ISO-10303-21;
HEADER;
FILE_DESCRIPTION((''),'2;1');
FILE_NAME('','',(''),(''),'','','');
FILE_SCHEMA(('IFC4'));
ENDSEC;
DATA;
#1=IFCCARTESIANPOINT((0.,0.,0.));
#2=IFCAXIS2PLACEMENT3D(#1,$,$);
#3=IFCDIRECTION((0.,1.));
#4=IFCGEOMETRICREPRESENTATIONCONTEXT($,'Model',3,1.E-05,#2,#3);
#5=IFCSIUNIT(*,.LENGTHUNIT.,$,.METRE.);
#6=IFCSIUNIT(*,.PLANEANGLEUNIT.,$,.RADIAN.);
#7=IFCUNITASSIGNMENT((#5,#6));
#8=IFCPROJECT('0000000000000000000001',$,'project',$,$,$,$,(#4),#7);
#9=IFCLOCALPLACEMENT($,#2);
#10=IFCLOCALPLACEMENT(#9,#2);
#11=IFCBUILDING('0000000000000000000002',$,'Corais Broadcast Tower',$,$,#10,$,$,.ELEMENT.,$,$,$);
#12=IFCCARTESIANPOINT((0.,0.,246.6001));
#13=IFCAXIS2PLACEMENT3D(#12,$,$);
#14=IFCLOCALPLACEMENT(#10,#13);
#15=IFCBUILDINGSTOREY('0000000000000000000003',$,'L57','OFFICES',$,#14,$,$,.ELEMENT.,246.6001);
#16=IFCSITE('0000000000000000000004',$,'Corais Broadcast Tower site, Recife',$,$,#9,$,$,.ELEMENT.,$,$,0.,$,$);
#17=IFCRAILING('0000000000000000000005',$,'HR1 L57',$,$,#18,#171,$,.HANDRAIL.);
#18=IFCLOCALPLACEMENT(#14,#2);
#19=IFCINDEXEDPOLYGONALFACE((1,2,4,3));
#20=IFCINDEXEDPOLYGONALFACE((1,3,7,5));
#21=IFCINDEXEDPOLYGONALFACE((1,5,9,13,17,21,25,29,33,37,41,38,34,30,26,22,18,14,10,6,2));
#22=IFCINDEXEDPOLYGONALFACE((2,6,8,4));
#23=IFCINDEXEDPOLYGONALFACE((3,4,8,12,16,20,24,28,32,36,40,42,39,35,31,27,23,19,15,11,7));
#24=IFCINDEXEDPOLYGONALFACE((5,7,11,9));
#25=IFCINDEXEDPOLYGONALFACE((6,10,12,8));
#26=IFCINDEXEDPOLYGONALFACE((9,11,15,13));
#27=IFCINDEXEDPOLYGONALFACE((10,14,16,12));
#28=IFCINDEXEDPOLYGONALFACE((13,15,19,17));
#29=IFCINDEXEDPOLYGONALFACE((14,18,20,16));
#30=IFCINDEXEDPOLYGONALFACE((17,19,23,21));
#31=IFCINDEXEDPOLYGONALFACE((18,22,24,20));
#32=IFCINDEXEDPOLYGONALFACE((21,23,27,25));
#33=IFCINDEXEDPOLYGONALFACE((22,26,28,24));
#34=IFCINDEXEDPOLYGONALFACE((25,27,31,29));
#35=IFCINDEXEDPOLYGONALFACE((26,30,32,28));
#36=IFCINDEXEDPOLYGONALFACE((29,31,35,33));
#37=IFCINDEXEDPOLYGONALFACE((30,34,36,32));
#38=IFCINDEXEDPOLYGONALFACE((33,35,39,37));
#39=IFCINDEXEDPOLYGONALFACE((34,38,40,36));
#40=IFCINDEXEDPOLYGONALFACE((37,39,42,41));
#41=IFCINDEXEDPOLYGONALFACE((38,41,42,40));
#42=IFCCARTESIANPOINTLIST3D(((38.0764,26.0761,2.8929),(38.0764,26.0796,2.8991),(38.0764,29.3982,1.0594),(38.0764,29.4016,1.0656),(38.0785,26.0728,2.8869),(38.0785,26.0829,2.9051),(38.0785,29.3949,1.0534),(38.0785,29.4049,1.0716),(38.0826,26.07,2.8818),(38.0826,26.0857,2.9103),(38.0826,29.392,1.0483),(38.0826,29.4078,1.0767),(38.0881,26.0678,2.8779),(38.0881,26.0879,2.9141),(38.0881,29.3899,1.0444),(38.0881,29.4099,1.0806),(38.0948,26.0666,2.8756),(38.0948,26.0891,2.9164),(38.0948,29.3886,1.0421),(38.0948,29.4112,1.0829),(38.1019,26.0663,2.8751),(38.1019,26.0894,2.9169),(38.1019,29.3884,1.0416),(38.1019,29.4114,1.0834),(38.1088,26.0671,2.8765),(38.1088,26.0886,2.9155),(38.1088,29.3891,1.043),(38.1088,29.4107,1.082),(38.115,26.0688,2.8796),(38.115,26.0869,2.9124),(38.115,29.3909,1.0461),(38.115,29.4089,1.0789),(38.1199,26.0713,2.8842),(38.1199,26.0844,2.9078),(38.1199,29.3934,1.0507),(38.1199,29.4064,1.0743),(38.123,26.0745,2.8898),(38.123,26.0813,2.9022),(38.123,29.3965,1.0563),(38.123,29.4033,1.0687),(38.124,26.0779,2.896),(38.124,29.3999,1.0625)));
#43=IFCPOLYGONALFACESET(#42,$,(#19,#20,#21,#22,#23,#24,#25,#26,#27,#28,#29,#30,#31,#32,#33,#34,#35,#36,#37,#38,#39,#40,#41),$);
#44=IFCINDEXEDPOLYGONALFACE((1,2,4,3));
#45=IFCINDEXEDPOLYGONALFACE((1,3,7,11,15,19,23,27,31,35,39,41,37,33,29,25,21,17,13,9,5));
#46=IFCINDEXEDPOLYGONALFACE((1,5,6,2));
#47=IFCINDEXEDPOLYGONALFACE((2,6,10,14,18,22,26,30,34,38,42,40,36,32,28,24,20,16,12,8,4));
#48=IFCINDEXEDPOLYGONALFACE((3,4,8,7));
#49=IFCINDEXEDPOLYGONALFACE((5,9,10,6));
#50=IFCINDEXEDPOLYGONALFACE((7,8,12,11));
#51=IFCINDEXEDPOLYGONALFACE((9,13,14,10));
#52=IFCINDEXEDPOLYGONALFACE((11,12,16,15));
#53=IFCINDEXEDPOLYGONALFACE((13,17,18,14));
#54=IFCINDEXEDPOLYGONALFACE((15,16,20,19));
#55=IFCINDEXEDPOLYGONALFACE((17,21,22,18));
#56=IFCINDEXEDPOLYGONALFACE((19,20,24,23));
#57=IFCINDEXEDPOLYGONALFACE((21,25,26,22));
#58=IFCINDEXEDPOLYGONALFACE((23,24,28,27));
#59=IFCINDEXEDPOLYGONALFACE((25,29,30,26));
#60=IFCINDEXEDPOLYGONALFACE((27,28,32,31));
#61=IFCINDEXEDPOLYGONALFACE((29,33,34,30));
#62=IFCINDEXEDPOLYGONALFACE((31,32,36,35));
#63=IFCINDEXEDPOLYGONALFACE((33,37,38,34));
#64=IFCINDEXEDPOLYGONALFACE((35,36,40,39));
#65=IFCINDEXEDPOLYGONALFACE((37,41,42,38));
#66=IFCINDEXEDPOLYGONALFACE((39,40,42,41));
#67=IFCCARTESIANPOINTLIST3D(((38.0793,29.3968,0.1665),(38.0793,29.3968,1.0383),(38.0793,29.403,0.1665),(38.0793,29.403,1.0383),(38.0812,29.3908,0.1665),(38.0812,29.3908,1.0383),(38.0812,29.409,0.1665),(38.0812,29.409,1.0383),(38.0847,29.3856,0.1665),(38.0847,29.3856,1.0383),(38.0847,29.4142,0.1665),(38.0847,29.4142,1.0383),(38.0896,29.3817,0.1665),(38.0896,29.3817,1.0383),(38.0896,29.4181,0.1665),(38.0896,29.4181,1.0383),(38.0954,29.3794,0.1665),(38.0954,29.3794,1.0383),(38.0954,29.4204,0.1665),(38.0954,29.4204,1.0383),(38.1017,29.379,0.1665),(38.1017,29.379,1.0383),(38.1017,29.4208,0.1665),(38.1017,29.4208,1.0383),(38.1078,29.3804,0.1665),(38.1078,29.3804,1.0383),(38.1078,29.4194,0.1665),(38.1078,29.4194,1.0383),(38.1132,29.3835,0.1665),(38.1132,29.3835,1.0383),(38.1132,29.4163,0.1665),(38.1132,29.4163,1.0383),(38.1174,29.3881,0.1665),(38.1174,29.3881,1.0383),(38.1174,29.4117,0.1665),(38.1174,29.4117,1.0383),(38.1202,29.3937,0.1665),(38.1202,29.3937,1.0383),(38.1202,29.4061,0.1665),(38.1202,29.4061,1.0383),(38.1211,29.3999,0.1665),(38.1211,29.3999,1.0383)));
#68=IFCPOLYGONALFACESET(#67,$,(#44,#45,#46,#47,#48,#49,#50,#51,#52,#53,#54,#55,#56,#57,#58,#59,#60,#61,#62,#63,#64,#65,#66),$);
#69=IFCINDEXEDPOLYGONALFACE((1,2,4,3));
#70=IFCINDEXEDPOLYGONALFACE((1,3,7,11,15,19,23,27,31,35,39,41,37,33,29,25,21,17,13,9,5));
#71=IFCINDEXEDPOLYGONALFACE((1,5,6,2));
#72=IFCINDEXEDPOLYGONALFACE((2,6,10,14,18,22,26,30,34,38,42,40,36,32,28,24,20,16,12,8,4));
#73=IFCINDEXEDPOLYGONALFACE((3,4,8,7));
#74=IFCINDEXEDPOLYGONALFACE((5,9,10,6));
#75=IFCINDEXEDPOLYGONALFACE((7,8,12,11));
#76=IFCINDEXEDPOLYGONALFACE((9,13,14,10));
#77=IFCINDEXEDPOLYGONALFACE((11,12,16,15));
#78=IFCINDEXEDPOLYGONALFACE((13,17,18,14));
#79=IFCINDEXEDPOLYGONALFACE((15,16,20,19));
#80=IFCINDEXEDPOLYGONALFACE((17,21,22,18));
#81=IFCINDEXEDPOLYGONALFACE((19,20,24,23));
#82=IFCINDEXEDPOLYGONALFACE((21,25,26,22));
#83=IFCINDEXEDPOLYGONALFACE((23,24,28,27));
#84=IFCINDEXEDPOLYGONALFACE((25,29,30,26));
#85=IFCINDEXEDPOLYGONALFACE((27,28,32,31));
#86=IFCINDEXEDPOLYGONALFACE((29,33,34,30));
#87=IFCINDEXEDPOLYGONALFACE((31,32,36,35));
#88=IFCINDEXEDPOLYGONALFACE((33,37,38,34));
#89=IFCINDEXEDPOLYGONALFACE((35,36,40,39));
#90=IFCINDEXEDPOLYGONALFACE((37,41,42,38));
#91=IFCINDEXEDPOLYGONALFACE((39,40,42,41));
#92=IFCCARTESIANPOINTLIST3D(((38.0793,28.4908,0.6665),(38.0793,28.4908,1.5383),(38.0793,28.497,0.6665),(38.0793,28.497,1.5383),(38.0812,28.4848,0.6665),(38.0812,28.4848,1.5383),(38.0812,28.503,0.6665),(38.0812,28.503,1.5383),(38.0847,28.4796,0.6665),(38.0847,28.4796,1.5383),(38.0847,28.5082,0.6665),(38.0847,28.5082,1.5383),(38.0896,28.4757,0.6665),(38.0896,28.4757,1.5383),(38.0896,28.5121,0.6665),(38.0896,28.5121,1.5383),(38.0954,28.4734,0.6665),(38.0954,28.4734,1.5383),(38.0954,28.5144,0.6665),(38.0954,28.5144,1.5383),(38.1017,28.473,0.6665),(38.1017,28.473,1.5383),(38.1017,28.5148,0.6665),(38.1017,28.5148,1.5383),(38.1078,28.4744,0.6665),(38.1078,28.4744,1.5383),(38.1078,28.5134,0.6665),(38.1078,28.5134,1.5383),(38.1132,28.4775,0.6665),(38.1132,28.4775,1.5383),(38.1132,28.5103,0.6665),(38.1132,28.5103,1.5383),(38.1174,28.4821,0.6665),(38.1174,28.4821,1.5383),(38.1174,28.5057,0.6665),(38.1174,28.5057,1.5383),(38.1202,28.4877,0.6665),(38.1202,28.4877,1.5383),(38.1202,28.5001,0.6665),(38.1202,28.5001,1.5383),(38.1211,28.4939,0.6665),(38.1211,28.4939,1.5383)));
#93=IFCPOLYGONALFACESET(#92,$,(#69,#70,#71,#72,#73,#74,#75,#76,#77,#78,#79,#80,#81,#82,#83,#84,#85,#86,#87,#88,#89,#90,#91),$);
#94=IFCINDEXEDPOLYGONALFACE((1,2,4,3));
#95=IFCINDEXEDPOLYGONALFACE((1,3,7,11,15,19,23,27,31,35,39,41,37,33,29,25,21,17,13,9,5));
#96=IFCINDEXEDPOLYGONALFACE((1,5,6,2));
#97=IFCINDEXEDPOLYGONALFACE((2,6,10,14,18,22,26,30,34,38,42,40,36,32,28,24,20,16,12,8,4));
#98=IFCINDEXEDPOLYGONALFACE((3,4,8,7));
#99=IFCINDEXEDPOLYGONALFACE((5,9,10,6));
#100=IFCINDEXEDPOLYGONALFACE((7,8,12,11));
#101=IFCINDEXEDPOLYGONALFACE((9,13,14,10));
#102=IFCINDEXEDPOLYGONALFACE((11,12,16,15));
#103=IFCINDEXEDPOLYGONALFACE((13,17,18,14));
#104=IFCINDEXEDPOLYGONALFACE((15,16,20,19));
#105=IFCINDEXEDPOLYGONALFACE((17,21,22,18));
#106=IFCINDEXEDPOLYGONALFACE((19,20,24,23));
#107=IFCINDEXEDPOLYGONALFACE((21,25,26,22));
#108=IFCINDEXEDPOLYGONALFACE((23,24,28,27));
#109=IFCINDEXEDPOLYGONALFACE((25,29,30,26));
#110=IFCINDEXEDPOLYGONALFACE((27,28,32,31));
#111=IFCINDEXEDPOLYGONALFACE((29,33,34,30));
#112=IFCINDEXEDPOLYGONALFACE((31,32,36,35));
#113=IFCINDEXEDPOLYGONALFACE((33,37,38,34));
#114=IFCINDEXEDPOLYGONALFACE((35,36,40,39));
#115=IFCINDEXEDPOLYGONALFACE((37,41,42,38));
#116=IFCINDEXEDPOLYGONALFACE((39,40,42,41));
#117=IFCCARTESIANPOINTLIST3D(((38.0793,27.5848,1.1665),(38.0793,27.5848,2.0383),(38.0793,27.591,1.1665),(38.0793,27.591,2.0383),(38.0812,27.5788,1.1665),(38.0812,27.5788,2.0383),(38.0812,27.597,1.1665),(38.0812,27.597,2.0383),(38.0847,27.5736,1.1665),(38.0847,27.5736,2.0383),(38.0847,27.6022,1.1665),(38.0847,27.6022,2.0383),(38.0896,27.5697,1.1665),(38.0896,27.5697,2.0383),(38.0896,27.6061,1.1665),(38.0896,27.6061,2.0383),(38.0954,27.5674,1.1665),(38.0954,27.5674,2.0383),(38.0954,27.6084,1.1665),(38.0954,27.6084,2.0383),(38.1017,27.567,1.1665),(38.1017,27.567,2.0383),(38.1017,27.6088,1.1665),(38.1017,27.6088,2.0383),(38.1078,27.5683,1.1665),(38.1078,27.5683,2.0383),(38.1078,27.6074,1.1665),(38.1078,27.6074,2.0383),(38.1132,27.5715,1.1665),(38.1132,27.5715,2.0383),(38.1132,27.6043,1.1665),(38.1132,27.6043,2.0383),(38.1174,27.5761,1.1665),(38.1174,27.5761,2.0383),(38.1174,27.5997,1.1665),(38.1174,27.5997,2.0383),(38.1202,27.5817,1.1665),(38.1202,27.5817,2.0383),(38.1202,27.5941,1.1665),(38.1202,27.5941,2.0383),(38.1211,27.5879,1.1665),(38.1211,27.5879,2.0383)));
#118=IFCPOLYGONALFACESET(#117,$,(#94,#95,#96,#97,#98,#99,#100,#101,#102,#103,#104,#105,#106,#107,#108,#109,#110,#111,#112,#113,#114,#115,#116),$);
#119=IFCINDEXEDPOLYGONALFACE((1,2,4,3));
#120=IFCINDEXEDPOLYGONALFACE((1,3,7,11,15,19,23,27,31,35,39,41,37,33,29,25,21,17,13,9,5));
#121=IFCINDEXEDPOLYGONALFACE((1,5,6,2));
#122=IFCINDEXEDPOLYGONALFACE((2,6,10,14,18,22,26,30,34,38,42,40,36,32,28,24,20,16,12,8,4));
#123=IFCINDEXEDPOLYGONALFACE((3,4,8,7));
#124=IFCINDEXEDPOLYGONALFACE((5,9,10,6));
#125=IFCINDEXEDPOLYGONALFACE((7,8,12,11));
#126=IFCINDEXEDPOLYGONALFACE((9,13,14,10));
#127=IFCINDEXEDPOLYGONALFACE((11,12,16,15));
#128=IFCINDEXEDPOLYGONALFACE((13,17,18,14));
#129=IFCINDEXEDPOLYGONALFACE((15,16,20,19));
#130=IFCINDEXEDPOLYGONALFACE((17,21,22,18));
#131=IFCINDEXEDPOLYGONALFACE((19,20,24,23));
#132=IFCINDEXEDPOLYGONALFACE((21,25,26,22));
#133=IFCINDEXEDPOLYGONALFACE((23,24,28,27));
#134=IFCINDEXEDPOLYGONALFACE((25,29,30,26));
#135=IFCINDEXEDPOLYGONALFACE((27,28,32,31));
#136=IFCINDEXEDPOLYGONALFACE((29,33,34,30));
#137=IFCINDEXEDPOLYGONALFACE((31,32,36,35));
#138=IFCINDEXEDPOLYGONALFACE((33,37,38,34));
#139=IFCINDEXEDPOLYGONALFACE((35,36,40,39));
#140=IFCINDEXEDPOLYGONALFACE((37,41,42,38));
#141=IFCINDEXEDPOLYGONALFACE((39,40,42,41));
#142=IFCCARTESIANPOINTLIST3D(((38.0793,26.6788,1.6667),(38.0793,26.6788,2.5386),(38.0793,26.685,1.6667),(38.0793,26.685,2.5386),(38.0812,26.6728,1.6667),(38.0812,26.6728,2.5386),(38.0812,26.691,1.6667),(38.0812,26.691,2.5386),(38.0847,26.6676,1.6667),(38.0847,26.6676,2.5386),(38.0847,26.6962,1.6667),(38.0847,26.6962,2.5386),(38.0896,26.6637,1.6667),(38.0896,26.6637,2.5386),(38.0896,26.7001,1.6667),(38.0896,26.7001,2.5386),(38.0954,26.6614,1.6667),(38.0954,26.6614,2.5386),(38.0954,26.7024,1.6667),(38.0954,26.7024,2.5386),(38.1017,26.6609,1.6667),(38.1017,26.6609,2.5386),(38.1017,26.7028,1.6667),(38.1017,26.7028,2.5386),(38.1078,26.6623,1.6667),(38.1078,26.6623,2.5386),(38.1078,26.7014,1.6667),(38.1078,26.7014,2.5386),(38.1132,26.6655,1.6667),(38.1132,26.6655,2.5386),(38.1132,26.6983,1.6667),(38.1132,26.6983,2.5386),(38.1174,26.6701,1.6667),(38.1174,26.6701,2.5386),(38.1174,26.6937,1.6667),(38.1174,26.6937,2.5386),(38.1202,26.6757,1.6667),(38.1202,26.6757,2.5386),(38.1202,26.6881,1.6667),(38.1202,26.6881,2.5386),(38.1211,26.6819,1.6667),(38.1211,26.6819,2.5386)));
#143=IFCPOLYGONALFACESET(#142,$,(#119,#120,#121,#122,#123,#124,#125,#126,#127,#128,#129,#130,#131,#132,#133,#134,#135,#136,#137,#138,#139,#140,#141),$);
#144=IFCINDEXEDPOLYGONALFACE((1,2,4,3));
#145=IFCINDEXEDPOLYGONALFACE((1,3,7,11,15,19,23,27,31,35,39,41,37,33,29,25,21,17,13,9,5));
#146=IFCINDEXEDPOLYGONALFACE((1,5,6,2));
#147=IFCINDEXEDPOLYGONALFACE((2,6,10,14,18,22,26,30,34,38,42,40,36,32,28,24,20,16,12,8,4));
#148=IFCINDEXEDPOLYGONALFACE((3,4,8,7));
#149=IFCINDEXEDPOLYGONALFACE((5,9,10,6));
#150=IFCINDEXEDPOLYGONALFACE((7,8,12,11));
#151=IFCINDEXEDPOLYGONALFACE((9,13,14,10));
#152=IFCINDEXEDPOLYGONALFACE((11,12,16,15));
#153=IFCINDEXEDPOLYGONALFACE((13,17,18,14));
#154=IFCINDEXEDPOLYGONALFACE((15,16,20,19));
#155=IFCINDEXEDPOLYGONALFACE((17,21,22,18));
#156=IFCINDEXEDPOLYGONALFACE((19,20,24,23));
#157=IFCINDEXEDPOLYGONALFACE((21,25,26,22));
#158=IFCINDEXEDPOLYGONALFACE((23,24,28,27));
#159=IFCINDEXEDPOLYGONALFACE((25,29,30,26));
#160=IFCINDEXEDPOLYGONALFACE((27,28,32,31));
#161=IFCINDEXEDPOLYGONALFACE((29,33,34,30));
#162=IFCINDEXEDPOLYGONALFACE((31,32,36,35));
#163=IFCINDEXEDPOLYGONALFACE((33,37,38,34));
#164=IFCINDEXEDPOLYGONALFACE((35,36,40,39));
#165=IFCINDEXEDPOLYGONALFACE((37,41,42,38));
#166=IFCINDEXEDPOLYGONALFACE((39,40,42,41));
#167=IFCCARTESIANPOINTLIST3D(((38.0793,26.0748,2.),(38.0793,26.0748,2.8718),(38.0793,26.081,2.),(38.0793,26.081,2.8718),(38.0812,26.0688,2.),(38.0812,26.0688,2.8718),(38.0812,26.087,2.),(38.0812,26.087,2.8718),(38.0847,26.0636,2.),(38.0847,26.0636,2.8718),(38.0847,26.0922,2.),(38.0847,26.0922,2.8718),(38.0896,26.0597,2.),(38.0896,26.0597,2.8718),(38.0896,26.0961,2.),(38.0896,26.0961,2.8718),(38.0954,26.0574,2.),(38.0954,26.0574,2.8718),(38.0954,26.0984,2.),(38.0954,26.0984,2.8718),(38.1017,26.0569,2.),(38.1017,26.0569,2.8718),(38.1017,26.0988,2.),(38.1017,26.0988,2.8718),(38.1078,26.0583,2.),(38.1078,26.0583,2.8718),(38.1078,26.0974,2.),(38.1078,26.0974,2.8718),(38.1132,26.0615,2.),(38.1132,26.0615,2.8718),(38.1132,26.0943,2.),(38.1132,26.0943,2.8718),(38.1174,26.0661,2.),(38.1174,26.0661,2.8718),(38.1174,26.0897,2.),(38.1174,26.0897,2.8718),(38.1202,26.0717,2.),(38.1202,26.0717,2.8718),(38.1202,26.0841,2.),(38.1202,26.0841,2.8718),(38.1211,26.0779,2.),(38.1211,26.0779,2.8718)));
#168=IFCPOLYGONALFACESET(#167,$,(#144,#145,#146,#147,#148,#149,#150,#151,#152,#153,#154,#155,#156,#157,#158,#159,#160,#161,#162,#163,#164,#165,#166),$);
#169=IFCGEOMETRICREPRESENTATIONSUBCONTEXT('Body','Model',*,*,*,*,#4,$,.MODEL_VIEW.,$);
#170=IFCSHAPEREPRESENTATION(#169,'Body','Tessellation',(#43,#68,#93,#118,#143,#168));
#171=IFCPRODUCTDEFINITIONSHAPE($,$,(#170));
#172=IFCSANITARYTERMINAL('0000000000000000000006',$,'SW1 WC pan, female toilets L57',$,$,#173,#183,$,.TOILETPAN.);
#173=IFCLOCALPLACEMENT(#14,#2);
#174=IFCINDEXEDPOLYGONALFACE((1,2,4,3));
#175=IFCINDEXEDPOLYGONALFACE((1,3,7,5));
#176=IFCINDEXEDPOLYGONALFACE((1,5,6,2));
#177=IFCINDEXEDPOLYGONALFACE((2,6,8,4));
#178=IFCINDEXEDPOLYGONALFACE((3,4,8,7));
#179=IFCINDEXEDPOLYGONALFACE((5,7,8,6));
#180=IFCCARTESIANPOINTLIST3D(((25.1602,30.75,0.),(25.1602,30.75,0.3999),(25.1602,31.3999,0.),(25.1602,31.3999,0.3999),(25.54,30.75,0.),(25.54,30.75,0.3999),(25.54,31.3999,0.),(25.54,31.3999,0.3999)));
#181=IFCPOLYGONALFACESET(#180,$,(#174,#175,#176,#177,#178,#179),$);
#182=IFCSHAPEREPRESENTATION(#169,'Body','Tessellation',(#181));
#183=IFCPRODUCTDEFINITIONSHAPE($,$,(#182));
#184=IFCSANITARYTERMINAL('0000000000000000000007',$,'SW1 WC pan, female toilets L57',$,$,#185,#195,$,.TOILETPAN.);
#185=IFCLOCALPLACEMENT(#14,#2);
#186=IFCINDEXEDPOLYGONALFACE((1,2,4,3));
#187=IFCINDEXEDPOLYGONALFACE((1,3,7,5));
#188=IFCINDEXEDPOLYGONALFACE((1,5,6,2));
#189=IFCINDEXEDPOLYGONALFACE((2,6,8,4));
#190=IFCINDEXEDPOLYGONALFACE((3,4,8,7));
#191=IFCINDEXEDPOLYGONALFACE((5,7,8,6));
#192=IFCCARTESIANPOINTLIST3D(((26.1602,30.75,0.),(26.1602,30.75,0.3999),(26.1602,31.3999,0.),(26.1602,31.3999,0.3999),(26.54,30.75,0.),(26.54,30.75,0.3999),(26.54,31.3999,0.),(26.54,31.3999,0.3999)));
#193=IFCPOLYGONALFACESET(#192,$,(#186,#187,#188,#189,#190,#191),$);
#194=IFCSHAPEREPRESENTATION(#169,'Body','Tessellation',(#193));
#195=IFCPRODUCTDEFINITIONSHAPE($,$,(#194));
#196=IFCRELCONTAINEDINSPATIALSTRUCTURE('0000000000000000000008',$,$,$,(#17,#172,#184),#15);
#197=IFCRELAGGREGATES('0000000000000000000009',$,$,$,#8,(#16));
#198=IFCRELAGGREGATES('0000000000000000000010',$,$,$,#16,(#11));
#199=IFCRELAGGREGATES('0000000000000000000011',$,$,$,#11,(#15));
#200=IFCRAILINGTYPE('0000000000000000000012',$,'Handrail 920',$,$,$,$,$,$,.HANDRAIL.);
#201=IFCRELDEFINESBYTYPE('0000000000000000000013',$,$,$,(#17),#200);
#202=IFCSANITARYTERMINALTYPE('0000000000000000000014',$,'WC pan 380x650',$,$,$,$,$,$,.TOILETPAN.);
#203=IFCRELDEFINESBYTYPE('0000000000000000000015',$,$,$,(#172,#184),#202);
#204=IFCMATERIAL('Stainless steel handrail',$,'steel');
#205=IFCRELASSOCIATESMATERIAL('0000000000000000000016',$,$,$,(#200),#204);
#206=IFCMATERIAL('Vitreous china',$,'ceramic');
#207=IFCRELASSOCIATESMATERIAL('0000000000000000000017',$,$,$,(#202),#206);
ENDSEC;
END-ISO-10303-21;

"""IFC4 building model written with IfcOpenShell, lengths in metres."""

from ifc_helpers import new_model, si_unit, direction, frame, origin, origin_2d, place, context, subcontext, project, spatial, rectangle, circle, extrude, material, type_object, element, save


model = new_model("IFC4")

# Units and contexts
model_context = context("Model", 3, precision=1e-05, world=origin(), true_north=direction((0.0, 1.0)))
body_context = subcontext(model_context, "Body", "Model", "MODEL_VIEW")
ifc_project = project(units=[si_unit("LENGTHUNIT", "METRE"), si_unit("PLANEANGLEUNIT", "RADIAN")], contexts=[model_context])

# Site, building, storey
site_placement = place(None, origin())
site = spatial("IfcSite", under=ifc_project, at=site_placement, Name="Corais Broadcast Tower site, Recife", CompositionType="ELEMENT", RefElevation=0.0)
building_placement = place(site_placement, origin())
building = spatial("IfcBuilding", under=site, at=building_placement, Name="Corais Broadcast Tower", CompositionType="ELEMENT")
storey_placement = place(building_placement, frame((0.0, 0.0, 246.6001)))
storey = spatial("IfcBuildingStorey", under=building, at=storey_placement, Name="L57", Description="OFFICES", CompositionType="ELEMENT", Elevation=246.6001)

# Railing
ifc_material_1 = material(Name="Stainless steel handrail", Category="steel")
railing_type = type_object("IfcRailingType", Name="Handrail 920", PredefinedType="HANDRAIL", material=ifc_material_1)
for number, where, name in (
    (1, (38.1001, 29.3999, 0.1665), "HR1 L57"),
):
    element("IfcRailing", number, at=place(storey_placement, frame(where)), inside=storey, type_object=railing_type, Name=name, PredefinedType="HANDRAIL", context=body_context, shape_type="SweptSolid", body=[
        extrude(circle(Radius=0.0239, at=origin_2d()), frame((0.0, 0.0, 0.896), z_axis=(0.0, -0.875504, 0.48321), x_axis=(1.0, 0.0, 0.0)), (0.0, 0.0, 1.0), 3.7944),
        extrude(circle(Radius=0.021, at=origin_2d()), origin(), (0.0, 0.0, 1.0), 0.8718),
        extrude(circle(Radius=0.021, at=origin_2d()), frame((0.0, -0.906, 0.5)), (0.0, 0.0, 1.0), 0.8718),
        extrude(circle(Radius=0.021, at=origin_2d()), frame((0.0, -1.812, 1.0)), (0.0, 0.0, 1.0), 0.8718),
        extrude(circle(Radius=0.021, at=origin_2d()), frame((0.0, -2.718, 1.5002)), (0.0, 0.0, 1.0), 0.8718),
        extrude(circle(Radius=0.021, at=origin_2d()), frame((0.0, -3.322, 1.8335)), (0.0, 0.0, 1.0), 0.8718),
    ])

# Sanitary terminals
ifc_material_2 = material(Name="Vitreous china", Category="ceramic")
sanitary_terminal_type = type_object("IfcSanitaryTerminalType", Name="WC pan 380x650", PredefinedType="TOILETPAN", material=ifc_material_2)
for number, where, z_axis, x_axis, name in (
    (2, (25.3501, 31.075, 0.0), (0.0, 0.0, 1.0), (1.0, 0.0, 0.0), "SW1 WC pan, female toilets L57"),
    (3, (26.3501, 31.075, 0.0), (0.0, 0.0, 1.0), (1.0, 0.0, 0.0), "SW1 WC pan, female toilets L57"),
):
    element("IfcSanitaryTerminal", number, at=place(storey_placement, frame(where, z_axis=z_axis, x_axis=x_axis)), inside=storey, type_object=sanitary_terminal_type, Name=name, PredefinedType="TOILETPAN", context=body_context, shape_type="SweptSolid", body=[
        extrude(rectangle(XDim=0.3799, YDim=0.6499, at=origin_2d()), origin(), (0.0, 0.0, 1.0), 0.3999),
    ])

save(model, "model.ifc")
